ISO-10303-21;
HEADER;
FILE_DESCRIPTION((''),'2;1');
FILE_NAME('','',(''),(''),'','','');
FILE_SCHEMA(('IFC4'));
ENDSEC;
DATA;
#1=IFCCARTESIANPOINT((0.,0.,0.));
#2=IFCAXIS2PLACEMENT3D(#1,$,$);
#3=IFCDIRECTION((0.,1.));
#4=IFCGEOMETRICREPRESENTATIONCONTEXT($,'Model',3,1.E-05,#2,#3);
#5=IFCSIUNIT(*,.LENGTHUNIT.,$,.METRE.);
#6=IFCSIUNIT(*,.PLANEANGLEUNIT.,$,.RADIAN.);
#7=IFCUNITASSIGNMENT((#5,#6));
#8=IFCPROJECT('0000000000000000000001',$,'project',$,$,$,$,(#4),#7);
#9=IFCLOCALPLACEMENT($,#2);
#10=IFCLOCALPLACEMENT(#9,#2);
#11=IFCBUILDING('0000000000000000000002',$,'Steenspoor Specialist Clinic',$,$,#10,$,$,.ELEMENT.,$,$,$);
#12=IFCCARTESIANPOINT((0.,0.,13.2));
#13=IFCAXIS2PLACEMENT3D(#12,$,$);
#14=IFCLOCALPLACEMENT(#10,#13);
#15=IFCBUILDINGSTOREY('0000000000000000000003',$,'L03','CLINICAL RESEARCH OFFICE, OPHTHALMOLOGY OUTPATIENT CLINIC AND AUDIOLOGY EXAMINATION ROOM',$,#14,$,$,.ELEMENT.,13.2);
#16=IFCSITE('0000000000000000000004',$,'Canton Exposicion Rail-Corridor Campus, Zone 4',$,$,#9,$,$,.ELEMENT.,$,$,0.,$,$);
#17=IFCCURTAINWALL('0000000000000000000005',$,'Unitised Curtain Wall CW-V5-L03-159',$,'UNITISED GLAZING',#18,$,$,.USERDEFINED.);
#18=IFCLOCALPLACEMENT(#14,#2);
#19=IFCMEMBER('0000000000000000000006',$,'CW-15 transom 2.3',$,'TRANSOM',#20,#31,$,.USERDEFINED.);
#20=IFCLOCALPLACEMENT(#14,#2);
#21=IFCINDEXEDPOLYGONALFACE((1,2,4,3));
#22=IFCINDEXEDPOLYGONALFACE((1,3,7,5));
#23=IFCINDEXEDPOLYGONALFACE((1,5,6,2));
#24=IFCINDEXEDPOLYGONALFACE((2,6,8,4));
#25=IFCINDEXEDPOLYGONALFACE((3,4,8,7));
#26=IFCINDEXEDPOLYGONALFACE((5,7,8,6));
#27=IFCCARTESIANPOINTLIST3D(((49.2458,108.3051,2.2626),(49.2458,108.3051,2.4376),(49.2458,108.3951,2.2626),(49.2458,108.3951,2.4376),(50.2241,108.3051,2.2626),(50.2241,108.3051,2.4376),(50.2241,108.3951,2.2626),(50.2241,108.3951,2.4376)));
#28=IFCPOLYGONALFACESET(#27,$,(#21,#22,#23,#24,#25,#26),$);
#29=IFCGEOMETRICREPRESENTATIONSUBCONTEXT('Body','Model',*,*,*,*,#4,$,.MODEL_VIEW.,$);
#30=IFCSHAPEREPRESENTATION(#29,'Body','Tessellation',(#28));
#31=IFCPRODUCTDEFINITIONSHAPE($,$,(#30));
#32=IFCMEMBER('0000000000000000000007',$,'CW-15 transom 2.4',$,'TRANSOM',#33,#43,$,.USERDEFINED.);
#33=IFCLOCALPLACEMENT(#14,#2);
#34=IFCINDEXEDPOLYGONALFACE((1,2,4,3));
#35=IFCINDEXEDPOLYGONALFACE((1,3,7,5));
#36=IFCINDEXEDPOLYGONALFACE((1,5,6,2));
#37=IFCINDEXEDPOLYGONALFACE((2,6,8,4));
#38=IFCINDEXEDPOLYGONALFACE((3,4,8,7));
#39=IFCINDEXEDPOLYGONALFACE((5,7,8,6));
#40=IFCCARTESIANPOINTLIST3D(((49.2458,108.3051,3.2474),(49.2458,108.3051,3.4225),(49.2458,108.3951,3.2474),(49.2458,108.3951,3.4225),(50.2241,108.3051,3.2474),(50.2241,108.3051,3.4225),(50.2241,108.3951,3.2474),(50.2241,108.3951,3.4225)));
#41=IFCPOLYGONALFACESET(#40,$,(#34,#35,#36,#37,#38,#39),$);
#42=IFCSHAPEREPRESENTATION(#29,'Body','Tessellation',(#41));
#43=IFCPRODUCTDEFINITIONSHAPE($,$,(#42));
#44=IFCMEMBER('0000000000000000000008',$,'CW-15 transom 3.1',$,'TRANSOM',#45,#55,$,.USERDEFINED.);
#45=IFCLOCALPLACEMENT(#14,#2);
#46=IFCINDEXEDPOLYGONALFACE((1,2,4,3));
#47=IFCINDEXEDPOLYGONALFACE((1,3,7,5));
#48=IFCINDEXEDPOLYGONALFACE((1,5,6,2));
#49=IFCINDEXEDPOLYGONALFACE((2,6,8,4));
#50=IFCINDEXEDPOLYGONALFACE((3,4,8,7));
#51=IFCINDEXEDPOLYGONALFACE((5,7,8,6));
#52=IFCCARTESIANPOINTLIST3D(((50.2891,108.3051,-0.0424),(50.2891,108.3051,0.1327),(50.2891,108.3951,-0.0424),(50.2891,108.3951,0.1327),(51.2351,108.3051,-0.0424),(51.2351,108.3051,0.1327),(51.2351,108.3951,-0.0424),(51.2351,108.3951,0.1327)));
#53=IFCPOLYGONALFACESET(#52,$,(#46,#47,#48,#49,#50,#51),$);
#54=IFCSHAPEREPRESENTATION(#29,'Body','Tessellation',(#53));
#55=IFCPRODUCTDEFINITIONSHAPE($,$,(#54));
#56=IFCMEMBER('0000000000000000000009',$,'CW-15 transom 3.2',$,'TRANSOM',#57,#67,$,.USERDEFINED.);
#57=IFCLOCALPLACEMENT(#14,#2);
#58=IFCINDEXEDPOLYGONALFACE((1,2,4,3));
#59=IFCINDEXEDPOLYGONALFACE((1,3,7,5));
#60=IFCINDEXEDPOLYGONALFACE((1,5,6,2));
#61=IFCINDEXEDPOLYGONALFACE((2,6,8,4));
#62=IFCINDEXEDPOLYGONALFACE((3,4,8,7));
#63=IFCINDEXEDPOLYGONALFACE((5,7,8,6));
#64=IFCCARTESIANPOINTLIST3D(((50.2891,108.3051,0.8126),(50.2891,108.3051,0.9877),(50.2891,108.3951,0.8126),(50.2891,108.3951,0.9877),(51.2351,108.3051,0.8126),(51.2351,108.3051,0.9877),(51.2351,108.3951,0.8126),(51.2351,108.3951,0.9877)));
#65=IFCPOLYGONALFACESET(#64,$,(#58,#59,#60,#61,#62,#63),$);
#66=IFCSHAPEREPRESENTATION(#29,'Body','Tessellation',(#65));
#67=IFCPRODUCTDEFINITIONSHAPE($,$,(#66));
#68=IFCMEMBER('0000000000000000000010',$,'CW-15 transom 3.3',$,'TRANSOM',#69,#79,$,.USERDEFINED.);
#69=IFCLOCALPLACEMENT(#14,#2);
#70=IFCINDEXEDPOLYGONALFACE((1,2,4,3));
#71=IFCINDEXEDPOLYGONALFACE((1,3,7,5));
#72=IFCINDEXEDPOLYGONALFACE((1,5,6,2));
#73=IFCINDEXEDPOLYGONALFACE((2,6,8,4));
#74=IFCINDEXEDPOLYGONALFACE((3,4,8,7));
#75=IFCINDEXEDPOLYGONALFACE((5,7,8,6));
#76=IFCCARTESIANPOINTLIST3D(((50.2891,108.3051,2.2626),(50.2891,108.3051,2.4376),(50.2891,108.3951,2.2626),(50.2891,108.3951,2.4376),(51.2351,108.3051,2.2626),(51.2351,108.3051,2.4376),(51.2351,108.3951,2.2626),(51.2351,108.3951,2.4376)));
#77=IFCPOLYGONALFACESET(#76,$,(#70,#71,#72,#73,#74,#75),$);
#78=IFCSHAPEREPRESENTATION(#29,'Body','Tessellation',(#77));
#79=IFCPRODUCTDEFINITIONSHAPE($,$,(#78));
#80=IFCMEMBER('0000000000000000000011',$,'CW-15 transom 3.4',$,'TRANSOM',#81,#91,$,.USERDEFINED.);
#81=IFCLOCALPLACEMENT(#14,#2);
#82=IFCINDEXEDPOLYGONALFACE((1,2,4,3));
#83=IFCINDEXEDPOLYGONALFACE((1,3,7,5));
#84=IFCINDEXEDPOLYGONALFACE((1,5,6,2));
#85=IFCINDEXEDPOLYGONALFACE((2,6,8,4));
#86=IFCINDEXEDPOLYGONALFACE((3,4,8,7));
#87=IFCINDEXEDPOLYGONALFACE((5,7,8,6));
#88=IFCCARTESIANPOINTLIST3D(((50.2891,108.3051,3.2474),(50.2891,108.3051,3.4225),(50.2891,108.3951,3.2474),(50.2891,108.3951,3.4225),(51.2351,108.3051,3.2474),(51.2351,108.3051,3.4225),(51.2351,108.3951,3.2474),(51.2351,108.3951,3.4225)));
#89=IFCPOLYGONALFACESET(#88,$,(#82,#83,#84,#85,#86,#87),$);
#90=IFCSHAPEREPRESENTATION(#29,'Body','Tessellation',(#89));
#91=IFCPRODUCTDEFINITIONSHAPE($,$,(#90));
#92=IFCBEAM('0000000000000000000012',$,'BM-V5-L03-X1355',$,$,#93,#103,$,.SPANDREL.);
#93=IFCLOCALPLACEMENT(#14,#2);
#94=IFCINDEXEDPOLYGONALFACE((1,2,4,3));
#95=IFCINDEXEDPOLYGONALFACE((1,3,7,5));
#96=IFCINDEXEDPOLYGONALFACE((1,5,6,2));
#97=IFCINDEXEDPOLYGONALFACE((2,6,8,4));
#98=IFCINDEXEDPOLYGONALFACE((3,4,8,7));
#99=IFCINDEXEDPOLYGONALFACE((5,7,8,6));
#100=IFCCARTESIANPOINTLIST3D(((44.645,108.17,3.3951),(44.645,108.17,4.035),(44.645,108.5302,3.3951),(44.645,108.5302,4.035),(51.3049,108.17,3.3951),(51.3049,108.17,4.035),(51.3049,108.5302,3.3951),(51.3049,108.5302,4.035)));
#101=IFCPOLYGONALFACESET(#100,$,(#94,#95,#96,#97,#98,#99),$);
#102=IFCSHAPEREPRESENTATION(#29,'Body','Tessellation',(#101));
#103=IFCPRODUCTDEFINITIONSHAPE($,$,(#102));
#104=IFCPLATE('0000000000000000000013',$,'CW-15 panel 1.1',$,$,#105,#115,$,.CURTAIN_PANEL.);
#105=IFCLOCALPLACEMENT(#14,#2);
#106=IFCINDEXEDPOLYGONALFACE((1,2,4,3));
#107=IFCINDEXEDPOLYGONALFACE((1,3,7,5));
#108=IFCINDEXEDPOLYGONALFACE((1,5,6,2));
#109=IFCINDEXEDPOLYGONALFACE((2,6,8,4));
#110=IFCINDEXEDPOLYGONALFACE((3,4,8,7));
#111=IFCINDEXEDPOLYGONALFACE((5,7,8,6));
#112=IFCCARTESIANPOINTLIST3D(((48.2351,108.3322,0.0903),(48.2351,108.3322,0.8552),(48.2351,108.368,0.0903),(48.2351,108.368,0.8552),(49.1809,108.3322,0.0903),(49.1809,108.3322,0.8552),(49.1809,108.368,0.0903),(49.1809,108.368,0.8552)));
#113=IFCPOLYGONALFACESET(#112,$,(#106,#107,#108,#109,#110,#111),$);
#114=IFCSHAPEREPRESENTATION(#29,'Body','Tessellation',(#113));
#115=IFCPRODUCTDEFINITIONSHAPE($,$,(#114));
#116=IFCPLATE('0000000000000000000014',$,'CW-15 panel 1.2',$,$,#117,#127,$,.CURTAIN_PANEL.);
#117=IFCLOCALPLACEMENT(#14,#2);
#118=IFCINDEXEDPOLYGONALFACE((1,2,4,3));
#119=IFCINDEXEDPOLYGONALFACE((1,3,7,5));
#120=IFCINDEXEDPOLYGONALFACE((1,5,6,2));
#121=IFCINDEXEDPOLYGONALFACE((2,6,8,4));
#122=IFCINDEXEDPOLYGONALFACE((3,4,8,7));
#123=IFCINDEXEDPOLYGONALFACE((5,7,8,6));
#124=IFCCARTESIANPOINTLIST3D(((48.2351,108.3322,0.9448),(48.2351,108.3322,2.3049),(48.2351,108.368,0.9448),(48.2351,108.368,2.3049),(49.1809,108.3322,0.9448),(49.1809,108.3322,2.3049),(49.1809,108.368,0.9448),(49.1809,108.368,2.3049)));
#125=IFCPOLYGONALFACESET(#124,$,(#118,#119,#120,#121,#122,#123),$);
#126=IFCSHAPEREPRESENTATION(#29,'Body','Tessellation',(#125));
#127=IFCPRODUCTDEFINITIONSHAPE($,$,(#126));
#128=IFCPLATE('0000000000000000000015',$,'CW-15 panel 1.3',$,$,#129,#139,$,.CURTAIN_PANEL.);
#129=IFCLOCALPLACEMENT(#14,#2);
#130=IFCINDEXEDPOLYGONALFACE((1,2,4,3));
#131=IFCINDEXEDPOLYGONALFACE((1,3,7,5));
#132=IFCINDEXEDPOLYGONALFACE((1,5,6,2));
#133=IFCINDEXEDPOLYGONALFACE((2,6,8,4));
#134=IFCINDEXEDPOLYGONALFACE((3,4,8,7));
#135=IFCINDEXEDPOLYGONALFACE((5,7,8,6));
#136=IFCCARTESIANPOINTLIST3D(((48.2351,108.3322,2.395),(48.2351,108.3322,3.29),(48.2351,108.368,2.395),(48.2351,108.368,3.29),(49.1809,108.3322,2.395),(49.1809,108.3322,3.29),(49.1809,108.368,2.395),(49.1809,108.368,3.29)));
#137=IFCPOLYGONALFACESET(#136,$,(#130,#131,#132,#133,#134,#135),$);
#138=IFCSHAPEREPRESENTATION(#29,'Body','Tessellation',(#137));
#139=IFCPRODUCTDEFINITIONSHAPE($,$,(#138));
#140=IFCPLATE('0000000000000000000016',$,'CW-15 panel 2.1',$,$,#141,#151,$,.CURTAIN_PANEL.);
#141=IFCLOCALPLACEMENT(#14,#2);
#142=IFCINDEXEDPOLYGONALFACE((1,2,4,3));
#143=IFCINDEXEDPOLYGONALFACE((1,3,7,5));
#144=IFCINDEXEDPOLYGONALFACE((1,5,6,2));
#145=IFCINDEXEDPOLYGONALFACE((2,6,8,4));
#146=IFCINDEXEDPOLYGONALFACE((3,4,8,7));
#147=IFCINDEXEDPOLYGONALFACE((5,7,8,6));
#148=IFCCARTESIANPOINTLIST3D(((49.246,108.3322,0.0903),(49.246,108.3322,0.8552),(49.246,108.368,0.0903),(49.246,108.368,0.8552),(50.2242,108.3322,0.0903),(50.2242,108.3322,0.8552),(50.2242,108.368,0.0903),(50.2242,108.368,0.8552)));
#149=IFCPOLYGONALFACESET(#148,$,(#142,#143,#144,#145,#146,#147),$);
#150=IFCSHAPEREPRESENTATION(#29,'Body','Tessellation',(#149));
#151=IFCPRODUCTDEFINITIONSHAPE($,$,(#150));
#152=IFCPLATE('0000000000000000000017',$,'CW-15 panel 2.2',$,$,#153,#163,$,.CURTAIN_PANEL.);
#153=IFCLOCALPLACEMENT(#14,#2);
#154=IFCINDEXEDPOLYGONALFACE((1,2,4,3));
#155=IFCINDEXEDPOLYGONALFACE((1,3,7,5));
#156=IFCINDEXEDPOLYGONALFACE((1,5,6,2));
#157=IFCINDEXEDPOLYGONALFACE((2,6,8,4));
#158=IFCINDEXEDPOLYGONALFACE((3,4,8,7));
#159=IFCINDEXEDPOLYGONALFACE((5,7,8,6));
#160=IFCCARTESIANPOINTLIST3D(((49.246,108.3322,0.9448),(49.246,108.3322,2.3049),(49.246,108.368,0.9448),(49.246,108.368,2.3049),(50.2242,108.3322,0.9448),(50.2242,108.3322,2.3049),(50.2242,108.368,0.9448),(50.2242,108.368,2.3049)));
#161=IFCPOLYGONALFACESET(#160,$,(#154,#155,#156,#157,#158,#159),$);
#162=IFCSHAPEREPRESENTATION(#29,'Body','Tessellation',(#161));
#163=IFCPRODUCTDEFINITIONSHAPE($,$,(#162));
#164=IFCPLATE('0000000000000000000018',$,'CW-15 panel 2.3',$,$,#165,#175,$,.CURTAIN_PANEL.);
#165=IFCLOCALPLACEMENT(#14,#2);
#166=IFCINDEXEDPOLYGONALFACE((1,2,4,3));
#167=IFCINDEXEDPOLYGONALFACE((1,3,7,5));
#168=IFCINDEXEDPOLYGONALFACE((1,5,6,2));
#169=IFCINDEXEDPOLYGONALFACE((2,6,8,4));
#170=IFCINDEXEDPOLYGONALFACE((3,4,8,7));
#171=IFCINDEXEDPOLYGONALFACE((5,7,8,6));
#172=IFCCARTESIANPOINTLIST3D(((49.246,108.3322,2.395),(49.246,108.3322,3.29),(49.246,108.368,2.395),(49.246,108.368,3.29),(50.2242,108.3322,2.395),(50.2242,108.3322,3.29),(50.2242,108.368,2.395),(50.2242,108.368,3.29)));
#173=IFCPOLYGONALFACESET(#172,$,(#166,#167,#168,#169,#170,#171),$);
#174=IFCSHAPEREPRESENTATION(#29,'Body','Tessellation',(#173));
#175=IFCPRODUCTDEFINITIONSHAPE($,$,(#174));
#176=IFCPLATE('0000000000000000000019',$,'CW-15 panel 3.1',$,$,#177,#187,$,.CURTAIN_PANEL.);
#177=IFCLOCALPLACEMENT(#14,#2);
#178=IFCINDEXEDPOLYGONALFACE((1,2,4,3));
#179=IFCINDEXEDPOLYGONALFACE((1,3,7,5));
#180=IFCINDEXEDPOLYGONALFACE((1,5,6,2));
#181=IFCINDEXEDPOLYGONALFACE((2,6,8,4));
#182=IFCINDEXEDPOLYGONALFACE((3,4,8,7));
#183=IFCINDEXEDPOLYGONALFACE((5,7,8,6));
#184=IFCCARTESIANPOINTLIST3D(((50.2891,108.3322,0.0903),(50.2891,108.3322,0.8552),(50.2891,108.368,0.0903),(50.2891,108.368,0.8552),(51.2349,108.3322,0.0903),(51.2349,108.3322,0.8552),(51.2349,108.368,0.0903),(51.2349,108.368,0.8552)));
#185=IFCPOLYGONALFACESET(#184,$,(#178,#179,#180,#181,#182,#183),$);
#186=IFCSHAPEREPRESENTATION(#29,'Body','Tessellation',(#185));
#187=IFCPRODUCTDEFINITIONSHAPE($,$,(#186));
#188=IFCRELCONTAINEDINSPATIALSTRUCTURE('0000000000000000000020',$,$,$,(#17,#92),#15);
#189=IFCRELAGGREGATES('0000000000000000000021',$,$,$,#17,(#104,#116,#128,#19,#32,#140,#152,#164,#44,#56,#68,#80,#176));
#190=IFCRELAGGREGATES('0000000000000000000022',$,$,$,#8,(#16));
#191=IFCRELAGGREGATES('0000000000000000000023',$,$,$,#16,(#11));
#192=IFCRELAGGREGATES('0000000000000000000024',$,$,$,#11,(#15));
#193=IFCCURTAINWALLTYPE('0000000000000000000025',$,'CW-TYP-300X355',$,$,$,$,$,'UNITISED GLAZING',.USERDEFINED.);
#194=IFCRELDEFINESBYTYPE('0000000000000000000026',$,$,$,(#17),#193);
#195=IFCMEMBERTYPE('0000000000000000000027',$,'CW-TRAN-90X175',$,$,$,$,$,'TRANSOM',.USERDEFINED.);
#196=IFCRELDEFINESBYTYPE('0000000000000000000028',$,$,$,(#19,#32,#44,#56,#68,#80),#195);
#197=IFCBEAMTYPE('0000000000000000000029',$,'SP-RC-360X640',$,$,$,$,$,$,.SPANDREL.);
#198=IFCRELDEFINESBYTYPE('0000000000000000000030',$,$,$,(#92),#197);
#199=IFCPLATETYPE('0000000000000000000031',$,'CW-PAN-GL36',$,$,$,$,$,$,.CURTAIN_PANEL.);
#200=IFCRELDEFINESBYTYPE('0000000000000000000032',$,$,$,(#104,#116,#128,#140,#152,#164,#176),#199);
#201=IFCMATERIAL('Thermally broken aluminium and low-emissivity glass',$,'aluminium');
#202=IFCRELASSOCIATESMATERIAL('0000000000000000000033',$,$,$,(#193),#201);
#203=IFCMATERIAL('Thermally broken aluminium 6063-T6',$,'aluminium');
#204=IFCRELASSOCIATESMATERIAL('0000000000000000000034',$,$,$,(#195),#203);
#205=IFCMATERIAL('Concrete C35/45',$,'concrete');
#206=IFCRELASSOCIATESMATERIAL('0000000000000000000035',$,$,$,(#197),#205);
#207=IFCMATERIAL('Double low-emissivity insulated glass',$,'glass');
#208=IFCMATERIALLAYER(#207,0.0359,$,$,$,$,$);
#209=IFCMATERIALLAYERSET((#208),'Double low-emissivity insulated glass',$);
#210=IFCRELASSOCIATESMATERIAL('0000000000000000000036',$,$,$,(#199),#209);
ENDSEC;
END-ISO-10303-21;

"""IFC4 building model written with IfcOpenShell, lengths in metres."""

from ifc_helpers import new_model, si_unit, direction, frame, origin, origin_2d, place, context, subcontext, project, spatial, rectangle, extrude, material, layer, layer_set, material_profile, profile_set, type_object, element, aggregate, save


model = new_model("IFC4")

# Units and contexts
model_context = context("Model", 3, precision=1e-05, world=origin(), true_north=direction((0.0, 1.0)))
body_context = subcontext(model_context, "Body", "Model", "MODEL_VIEW")
ifc_project = project(units=[si_unit("LENGTHUNIT", "METRE"), si_unit("PLANEANGLEUNIT", "RADIAN")], contexts=[model_context])

# Site, building, storey
site_placement = place(None, origin())
site = spatial("IfcSite", under=ifc_project, at=site_placement, Name="Canton Exposicion Rail-Corridor Campus, Zone 4", CompositionType="ELEMENT", RefElevation=0.0)
building_placement = place(site_placement, origin())
building = spatial("IfcBuilding", under=site, at=building_placement, Name="Steenspoor Specialist Clinic", CompositionType="ELEMENT")
storey_placement = place(building_placement, frame((0.0, 0.0, 13.2)))
storey = spatial("IfcBuildingStorey", under=building, at=storey_placement, Name="L03", Description="CLINICAL RESEARCH OFFICE, OPHTHALMOLOGY OUTPATIENT CLINIC AND AUDIOLOGY EXAMINATION ROOM", CompositionType="ELEMENT", Elevation=13.2)

# Curtain wall, members
ifc_material_1 = material(Name="Thermally broken aluminium and low-emissivity glass", Category="aluminium")
curtain_wall_type = type_object("IfcCurtainWallType", Name="CW-TYP-300X355", ElementType="UNITISED GLAZING", PredefinedType="USERDEFINED", material=ifc_material_1)
curtain_wall_placement = place(storey_placement, origin())
curtain_wall = element("IfcCurtainWall", 1, at=curtain_wall_placement, inside=storey, type_object=curtain_wall_type, Name="Unitised Curtain Wall CW-V5-L03-159", ObjectType="UNITISED GLAZING", PredefinedType="USERDEFINED")
ifc_material_2 = material(Name="Thermally broken aluminium 6063-T6", Category="aluminium")
ifc_material_profile_1 = material_profile(ifc_material_2, rectangle(XDim=0.0901, YDim=0.175, at=origin_2d()), Name="CWT-90X175")
ifc_profile_set_1 = profile_set([ifc_material_profile_1], Name="Thermally broken aluminium 6063-T6")
member_type_1 = type_object("IfcMemberType", Name="CW-TRAN-90X175", ElementType="TRANSOM", PredefinedType="USERDEFINED", material=ifc_profile_set_1)
member_1_placement = place(storey_placement, frame((49.2458, 108.3501, 2.3501), z_axis=(1.0, 0.0, 0.0), x_axis=(0.0, 1.0, 0.0)))
member_1 = element("IfcMember", 2, at=member_1_placement, type_object=member_type_1, Name="CW-15 transom 2.3", ObjectType="TRANSOM", PredefinedType="USERDEFINED", context=body_context, shape_type="SweptSolid", body=[
    extrude(rectangle(XDim=0.0901, YDim=0.175, at=origin_2d()), origin(), (0.0, 0.0, 1.0), 0.9783),
])
member_2_placement = place(storey_placement, frame((49.2458, 108.3501, 3.335), z_axis=(1.0, 0.0, 0.0), x_axis=(0.0, 1.0, 0.0)))
member_2 = element("IfcMember", 3, at=member_2_placement, type_object=member_type_1, Name="CW-15 transom 2.4", ObjectType="TRANSOM", PredefinedType="USERDEFINED", context=body_context, shape_type="SweptSolid", body=[
    extrude(rectangle(XDim=0.0901, YDim=0.175, at=origin_2d()), origin(), (0.0, 0.0, 1.0), 0.9783),
])
member_3_placement = place(storey_placement, frame((50.2891, 108.3501, 0.0452), z_axis=(1.0, 0.0, 0.0), x_axis=(0.0, 1.0, 0.0)))
member_3 = element("IfcMember", 4, at=member_3_placement, type_object=member_type_1, Name="CW-15 transom 3.1", ObjectType="TRANSOM", PredefinedType="USERDEFINED", context=body_context, shape_type="SweptSolid", body=[
    extrude(rectangle(XDim=0.0901, YDim=0.175, at=origin_2d()), origin(), (0.0, 0.0, 1.0), 0.946),
])
member_4_placement = place(storey_placement, frame((50.2891, 108.3501, 0.9001), z_axis=(1.0, 0.0, 0.0), x_axis=(0.0, 1.0, 0.0)))
member_4 = element("IfcMember", 5, at=member_4_placement, type_object=member_type_1, Name="CW-15 transom 3.2", ObjectType="TRANSOM", PredefinedType="USERDEFINED", context=body_context, shape_type="SweptSolid", body=[
    extrude(rectangle(XDim=0.0901, YDim=0.175, at=origin_2d()), origin(), (0.0, 0.0, 1.0), 0.946),
])
member_5_placement = place(storey_placement, frame((50.2891, 108.3501, 2.3501), z_axis=(1.0, 0.0, 0.0), x_axis=(0.0, 1.0, 0.0)))
member_5 = element("IfcMember", 6, at=member_5_placement, type_object=member_type_1, Name="CW-15 transom 3.3", ObjectType="TRANSOM", PredefinedType="USERDEFINED", context=body_context, shape_type="SweptSolid", body=[
    extrude(rectangle(XDim=0.0901, YDim=0.175, at=origin_2d()), origin(), (0.0, 0.0, 1.0), 0.946),
])
member_6_placement = place(storey_placement, frame((50.2891, 108.3501, 3.335), z_axis=(1.0, 0.0, 0.0), x_axis=(0.0, 1.0, 0.0)))
member_6 = element("IfcMember", 7, at=member_6_placement, type_object=member_type_1, Name="CW-15 transom 3.4", ObjectType="TRANSOM", PredefinedType="USERDEFINED", context=body_context, shape_type="SweptSolid", body=[
    extrude(rectangle(XDim=0.0901, YDim=0.175, at=origin_2d()), origin(), (0.0, 0.0, 1.0), 0.946),
])

# Beam
ifc_material_3 = material(Name="Concrete C35/45", Category="concrete")
ifc_material_profile_2 = material_profile(ifc_material_3, rectangle(XDim=0.3601, YDim=0.6399, at=origin_2d()), Name="RC-SP-360X640")
ifc_profile_set_2 = profile_set([ifc_material_profile_2], Name="Concrete C35/45")
beam_type_1 = type_object("IfcBeamType", Name="SP-RC-360X640", PredefinedType="SPANDREL", material=ifc_profile_set_2)
beam_placement = place(storey_placement, frame((44.645, 108.3501, 3.7151), z_axis=(1.0, 0.0, 0.0), x_axis=(0.0, 1.0, 0.0)))
element("IfcBeam", 8, at=beam_placement, inside=storey, type_object=beam_type_1, Name="BM-V5-L03-X1355", PredefinedType="SPANDREL", context=body_context, shape_type="SweptSolid", body=[
    extrude(rectangle(XDim=0.3601, YDim=0.6399, at=origin_2d()), origin(), (0.0, 0.0, 1.0), 6.6599),
])

# Plates
ifc_material_4 = material(Name="Double low-emissivity insulated glass", Category="glass")
ifc_layer_1 = layer(ifc_material_4, 0.0359)
ifc_layer_set_1 = layer_set([ifc_layer_1], Name="Double low-emissivity insulated glass")
plate_type = type_object("IfcPlateType", Name="CW-PAN-GL36", PredefinedType="CURTAIN_PANEL", material=ifc_layer_set_1)
plate_1_placement = place(storey_placement, frame((48.708, 108.3501, 0.0903), z_axis=(0.0, 0.0, 1.0), x_axis=(1.0, 0.0, 0.0)))
plate_1 = element("IfcPlate", 9, at=plate_1_placement, type_object=plate_type, Name="CW-15 panel 1.1", PredefinedType="CURTAIN_PANEL", context=body_context, shape_type="SweptSolid", body=[
    extrude(rectangle(XDim=0.9458, YDim=0.0359, at=origin_2d()), origin(), (0.0, 0.0, 1.0), 0.7649),
])
plate_2_placement = place(storey_placement, frame((48.708, 108.3501, 0.9448), z_axis=(0.0, 0.0, 1.0), x_axis=(1.0, 0.0, 0.0)))
plate_2 = element("IfcPlate", 10, at=plate_2_placement, type_object=plate_type, Name="CW-15 panel 1.2", PredefinedType="CURTAIN_PANEL", context=body_context, shape_type="SweptSolid", body=[
    extrude(rectangle(XDim=0.9458, YDim=0.0359, at=origin_2d()), origin(), (0.0, 0.0, 1.0), 1.3601),
])
plate_3_placement = place(storey_placement, frame((48.708, 108.3501, 2.395), z_axis=(0.0, 0.0, 1.0), x_axis=(1.0, 0.0, 0.0)))
plate_3 = element("IfcPlate", 11, at=plate_3_placement, type_object=plate_type, Name="CW-15 panel 1.3", PredefinedType="CURTAIN_PANEL", context=body_context, shape_type="SweptSolid", body=[
    extrude(rectangle(XDim=0.9458, YDim=0.0359, at=origin_2d()), origin(), (0.0, 0.0, 1.0), 0.895),
])
plate_4_placement = place(storey_placement, frame((49.7351, 108.3501, 0.0903), z_axis=(0.0, 0.0, 1.0), x_axis=(1.0, 0.0, 0.0)))
plate_4 = element("IfcPlate", 12, at=plate_4_placement, type_object=plate_type, Name="CW-15 panel 2.1", PredefinedType="CURTAIN_PANEL", context=body_context, shape_type="SweptSolid", body=[
    extrude(rectangle(XDim=0.9783, YDim=0.0359, at=origin_2d()), origin(), (0.0, 0.0, 1.0), 0.7649),
])
plate_5_placement = place(storey_placement, frame((49.7351, 108.3501, 0.9448), z_axis=(0.0, 0.0, 1.0), x_axis=(1.0, 0.0, 0.0)))
plate_5 = element("IfcPlate", 13, at=plate_5_placement, type_object=plate_type, Name="CW-15 panel 2.2", PredefinedType="CURTAIN_PANEL", context=body_context, shape_type="SweptSolid", body=[
    extrude(rectangle(XDim=0.9783, YDim=0.0359, at=origin_2d()), origin(), (0.0, 0.0, 1.0), 1.3601),
])
plate_6_placement = place(storey_placement, frame((49.7351, 108.3501, 2.395), z_axis=(0.0, 0.0, 1.0), x_axis=(1.0, 0.0, 0.0)))
plate_6 = element("IfcPlate", 14, at=plate_6_placement, type_object=plate_type, Name="CW-15 panel 2.3", PredefinedType="CURTAIN_PANEL", context=body_context, shape_type="SweptSolid", body=[
    extrude(rectangle(XDim=0.9783, YDim=0.0359, at=origin_2d()), origin(), (0.0, 0.0, 1.0), 0.895),
])
plate_7_placement = place(storey_placement, frame((50.762, 108.3501, 0.0903), z_axis=(0.0, 0.0, 1.0), x_axis=(1.0, 0.0, 0.0)))
plate_7 = element("IfcPlate", 15, at=plate_7_placement, type_object=plate_type, Name="CW-15 panel 3.1", PredefinedType="CURTAIN_PANEL", context=body_context, shape_type="SweptSolid", body=[
    extrude(rectangle(XDim=0.9458, YDim=0.0359, at=origin_2d()), origin(), (0.0, 0.0, 1.0), 0.7649),
])
aggregate(curtain_wall, [plate_1, plate_2, plate_3, member_1, member_2, plate_4, plate_5, plate_6, member_3, member_4, member_5, member_6, plate_7])

save(model, "model.ifc")
